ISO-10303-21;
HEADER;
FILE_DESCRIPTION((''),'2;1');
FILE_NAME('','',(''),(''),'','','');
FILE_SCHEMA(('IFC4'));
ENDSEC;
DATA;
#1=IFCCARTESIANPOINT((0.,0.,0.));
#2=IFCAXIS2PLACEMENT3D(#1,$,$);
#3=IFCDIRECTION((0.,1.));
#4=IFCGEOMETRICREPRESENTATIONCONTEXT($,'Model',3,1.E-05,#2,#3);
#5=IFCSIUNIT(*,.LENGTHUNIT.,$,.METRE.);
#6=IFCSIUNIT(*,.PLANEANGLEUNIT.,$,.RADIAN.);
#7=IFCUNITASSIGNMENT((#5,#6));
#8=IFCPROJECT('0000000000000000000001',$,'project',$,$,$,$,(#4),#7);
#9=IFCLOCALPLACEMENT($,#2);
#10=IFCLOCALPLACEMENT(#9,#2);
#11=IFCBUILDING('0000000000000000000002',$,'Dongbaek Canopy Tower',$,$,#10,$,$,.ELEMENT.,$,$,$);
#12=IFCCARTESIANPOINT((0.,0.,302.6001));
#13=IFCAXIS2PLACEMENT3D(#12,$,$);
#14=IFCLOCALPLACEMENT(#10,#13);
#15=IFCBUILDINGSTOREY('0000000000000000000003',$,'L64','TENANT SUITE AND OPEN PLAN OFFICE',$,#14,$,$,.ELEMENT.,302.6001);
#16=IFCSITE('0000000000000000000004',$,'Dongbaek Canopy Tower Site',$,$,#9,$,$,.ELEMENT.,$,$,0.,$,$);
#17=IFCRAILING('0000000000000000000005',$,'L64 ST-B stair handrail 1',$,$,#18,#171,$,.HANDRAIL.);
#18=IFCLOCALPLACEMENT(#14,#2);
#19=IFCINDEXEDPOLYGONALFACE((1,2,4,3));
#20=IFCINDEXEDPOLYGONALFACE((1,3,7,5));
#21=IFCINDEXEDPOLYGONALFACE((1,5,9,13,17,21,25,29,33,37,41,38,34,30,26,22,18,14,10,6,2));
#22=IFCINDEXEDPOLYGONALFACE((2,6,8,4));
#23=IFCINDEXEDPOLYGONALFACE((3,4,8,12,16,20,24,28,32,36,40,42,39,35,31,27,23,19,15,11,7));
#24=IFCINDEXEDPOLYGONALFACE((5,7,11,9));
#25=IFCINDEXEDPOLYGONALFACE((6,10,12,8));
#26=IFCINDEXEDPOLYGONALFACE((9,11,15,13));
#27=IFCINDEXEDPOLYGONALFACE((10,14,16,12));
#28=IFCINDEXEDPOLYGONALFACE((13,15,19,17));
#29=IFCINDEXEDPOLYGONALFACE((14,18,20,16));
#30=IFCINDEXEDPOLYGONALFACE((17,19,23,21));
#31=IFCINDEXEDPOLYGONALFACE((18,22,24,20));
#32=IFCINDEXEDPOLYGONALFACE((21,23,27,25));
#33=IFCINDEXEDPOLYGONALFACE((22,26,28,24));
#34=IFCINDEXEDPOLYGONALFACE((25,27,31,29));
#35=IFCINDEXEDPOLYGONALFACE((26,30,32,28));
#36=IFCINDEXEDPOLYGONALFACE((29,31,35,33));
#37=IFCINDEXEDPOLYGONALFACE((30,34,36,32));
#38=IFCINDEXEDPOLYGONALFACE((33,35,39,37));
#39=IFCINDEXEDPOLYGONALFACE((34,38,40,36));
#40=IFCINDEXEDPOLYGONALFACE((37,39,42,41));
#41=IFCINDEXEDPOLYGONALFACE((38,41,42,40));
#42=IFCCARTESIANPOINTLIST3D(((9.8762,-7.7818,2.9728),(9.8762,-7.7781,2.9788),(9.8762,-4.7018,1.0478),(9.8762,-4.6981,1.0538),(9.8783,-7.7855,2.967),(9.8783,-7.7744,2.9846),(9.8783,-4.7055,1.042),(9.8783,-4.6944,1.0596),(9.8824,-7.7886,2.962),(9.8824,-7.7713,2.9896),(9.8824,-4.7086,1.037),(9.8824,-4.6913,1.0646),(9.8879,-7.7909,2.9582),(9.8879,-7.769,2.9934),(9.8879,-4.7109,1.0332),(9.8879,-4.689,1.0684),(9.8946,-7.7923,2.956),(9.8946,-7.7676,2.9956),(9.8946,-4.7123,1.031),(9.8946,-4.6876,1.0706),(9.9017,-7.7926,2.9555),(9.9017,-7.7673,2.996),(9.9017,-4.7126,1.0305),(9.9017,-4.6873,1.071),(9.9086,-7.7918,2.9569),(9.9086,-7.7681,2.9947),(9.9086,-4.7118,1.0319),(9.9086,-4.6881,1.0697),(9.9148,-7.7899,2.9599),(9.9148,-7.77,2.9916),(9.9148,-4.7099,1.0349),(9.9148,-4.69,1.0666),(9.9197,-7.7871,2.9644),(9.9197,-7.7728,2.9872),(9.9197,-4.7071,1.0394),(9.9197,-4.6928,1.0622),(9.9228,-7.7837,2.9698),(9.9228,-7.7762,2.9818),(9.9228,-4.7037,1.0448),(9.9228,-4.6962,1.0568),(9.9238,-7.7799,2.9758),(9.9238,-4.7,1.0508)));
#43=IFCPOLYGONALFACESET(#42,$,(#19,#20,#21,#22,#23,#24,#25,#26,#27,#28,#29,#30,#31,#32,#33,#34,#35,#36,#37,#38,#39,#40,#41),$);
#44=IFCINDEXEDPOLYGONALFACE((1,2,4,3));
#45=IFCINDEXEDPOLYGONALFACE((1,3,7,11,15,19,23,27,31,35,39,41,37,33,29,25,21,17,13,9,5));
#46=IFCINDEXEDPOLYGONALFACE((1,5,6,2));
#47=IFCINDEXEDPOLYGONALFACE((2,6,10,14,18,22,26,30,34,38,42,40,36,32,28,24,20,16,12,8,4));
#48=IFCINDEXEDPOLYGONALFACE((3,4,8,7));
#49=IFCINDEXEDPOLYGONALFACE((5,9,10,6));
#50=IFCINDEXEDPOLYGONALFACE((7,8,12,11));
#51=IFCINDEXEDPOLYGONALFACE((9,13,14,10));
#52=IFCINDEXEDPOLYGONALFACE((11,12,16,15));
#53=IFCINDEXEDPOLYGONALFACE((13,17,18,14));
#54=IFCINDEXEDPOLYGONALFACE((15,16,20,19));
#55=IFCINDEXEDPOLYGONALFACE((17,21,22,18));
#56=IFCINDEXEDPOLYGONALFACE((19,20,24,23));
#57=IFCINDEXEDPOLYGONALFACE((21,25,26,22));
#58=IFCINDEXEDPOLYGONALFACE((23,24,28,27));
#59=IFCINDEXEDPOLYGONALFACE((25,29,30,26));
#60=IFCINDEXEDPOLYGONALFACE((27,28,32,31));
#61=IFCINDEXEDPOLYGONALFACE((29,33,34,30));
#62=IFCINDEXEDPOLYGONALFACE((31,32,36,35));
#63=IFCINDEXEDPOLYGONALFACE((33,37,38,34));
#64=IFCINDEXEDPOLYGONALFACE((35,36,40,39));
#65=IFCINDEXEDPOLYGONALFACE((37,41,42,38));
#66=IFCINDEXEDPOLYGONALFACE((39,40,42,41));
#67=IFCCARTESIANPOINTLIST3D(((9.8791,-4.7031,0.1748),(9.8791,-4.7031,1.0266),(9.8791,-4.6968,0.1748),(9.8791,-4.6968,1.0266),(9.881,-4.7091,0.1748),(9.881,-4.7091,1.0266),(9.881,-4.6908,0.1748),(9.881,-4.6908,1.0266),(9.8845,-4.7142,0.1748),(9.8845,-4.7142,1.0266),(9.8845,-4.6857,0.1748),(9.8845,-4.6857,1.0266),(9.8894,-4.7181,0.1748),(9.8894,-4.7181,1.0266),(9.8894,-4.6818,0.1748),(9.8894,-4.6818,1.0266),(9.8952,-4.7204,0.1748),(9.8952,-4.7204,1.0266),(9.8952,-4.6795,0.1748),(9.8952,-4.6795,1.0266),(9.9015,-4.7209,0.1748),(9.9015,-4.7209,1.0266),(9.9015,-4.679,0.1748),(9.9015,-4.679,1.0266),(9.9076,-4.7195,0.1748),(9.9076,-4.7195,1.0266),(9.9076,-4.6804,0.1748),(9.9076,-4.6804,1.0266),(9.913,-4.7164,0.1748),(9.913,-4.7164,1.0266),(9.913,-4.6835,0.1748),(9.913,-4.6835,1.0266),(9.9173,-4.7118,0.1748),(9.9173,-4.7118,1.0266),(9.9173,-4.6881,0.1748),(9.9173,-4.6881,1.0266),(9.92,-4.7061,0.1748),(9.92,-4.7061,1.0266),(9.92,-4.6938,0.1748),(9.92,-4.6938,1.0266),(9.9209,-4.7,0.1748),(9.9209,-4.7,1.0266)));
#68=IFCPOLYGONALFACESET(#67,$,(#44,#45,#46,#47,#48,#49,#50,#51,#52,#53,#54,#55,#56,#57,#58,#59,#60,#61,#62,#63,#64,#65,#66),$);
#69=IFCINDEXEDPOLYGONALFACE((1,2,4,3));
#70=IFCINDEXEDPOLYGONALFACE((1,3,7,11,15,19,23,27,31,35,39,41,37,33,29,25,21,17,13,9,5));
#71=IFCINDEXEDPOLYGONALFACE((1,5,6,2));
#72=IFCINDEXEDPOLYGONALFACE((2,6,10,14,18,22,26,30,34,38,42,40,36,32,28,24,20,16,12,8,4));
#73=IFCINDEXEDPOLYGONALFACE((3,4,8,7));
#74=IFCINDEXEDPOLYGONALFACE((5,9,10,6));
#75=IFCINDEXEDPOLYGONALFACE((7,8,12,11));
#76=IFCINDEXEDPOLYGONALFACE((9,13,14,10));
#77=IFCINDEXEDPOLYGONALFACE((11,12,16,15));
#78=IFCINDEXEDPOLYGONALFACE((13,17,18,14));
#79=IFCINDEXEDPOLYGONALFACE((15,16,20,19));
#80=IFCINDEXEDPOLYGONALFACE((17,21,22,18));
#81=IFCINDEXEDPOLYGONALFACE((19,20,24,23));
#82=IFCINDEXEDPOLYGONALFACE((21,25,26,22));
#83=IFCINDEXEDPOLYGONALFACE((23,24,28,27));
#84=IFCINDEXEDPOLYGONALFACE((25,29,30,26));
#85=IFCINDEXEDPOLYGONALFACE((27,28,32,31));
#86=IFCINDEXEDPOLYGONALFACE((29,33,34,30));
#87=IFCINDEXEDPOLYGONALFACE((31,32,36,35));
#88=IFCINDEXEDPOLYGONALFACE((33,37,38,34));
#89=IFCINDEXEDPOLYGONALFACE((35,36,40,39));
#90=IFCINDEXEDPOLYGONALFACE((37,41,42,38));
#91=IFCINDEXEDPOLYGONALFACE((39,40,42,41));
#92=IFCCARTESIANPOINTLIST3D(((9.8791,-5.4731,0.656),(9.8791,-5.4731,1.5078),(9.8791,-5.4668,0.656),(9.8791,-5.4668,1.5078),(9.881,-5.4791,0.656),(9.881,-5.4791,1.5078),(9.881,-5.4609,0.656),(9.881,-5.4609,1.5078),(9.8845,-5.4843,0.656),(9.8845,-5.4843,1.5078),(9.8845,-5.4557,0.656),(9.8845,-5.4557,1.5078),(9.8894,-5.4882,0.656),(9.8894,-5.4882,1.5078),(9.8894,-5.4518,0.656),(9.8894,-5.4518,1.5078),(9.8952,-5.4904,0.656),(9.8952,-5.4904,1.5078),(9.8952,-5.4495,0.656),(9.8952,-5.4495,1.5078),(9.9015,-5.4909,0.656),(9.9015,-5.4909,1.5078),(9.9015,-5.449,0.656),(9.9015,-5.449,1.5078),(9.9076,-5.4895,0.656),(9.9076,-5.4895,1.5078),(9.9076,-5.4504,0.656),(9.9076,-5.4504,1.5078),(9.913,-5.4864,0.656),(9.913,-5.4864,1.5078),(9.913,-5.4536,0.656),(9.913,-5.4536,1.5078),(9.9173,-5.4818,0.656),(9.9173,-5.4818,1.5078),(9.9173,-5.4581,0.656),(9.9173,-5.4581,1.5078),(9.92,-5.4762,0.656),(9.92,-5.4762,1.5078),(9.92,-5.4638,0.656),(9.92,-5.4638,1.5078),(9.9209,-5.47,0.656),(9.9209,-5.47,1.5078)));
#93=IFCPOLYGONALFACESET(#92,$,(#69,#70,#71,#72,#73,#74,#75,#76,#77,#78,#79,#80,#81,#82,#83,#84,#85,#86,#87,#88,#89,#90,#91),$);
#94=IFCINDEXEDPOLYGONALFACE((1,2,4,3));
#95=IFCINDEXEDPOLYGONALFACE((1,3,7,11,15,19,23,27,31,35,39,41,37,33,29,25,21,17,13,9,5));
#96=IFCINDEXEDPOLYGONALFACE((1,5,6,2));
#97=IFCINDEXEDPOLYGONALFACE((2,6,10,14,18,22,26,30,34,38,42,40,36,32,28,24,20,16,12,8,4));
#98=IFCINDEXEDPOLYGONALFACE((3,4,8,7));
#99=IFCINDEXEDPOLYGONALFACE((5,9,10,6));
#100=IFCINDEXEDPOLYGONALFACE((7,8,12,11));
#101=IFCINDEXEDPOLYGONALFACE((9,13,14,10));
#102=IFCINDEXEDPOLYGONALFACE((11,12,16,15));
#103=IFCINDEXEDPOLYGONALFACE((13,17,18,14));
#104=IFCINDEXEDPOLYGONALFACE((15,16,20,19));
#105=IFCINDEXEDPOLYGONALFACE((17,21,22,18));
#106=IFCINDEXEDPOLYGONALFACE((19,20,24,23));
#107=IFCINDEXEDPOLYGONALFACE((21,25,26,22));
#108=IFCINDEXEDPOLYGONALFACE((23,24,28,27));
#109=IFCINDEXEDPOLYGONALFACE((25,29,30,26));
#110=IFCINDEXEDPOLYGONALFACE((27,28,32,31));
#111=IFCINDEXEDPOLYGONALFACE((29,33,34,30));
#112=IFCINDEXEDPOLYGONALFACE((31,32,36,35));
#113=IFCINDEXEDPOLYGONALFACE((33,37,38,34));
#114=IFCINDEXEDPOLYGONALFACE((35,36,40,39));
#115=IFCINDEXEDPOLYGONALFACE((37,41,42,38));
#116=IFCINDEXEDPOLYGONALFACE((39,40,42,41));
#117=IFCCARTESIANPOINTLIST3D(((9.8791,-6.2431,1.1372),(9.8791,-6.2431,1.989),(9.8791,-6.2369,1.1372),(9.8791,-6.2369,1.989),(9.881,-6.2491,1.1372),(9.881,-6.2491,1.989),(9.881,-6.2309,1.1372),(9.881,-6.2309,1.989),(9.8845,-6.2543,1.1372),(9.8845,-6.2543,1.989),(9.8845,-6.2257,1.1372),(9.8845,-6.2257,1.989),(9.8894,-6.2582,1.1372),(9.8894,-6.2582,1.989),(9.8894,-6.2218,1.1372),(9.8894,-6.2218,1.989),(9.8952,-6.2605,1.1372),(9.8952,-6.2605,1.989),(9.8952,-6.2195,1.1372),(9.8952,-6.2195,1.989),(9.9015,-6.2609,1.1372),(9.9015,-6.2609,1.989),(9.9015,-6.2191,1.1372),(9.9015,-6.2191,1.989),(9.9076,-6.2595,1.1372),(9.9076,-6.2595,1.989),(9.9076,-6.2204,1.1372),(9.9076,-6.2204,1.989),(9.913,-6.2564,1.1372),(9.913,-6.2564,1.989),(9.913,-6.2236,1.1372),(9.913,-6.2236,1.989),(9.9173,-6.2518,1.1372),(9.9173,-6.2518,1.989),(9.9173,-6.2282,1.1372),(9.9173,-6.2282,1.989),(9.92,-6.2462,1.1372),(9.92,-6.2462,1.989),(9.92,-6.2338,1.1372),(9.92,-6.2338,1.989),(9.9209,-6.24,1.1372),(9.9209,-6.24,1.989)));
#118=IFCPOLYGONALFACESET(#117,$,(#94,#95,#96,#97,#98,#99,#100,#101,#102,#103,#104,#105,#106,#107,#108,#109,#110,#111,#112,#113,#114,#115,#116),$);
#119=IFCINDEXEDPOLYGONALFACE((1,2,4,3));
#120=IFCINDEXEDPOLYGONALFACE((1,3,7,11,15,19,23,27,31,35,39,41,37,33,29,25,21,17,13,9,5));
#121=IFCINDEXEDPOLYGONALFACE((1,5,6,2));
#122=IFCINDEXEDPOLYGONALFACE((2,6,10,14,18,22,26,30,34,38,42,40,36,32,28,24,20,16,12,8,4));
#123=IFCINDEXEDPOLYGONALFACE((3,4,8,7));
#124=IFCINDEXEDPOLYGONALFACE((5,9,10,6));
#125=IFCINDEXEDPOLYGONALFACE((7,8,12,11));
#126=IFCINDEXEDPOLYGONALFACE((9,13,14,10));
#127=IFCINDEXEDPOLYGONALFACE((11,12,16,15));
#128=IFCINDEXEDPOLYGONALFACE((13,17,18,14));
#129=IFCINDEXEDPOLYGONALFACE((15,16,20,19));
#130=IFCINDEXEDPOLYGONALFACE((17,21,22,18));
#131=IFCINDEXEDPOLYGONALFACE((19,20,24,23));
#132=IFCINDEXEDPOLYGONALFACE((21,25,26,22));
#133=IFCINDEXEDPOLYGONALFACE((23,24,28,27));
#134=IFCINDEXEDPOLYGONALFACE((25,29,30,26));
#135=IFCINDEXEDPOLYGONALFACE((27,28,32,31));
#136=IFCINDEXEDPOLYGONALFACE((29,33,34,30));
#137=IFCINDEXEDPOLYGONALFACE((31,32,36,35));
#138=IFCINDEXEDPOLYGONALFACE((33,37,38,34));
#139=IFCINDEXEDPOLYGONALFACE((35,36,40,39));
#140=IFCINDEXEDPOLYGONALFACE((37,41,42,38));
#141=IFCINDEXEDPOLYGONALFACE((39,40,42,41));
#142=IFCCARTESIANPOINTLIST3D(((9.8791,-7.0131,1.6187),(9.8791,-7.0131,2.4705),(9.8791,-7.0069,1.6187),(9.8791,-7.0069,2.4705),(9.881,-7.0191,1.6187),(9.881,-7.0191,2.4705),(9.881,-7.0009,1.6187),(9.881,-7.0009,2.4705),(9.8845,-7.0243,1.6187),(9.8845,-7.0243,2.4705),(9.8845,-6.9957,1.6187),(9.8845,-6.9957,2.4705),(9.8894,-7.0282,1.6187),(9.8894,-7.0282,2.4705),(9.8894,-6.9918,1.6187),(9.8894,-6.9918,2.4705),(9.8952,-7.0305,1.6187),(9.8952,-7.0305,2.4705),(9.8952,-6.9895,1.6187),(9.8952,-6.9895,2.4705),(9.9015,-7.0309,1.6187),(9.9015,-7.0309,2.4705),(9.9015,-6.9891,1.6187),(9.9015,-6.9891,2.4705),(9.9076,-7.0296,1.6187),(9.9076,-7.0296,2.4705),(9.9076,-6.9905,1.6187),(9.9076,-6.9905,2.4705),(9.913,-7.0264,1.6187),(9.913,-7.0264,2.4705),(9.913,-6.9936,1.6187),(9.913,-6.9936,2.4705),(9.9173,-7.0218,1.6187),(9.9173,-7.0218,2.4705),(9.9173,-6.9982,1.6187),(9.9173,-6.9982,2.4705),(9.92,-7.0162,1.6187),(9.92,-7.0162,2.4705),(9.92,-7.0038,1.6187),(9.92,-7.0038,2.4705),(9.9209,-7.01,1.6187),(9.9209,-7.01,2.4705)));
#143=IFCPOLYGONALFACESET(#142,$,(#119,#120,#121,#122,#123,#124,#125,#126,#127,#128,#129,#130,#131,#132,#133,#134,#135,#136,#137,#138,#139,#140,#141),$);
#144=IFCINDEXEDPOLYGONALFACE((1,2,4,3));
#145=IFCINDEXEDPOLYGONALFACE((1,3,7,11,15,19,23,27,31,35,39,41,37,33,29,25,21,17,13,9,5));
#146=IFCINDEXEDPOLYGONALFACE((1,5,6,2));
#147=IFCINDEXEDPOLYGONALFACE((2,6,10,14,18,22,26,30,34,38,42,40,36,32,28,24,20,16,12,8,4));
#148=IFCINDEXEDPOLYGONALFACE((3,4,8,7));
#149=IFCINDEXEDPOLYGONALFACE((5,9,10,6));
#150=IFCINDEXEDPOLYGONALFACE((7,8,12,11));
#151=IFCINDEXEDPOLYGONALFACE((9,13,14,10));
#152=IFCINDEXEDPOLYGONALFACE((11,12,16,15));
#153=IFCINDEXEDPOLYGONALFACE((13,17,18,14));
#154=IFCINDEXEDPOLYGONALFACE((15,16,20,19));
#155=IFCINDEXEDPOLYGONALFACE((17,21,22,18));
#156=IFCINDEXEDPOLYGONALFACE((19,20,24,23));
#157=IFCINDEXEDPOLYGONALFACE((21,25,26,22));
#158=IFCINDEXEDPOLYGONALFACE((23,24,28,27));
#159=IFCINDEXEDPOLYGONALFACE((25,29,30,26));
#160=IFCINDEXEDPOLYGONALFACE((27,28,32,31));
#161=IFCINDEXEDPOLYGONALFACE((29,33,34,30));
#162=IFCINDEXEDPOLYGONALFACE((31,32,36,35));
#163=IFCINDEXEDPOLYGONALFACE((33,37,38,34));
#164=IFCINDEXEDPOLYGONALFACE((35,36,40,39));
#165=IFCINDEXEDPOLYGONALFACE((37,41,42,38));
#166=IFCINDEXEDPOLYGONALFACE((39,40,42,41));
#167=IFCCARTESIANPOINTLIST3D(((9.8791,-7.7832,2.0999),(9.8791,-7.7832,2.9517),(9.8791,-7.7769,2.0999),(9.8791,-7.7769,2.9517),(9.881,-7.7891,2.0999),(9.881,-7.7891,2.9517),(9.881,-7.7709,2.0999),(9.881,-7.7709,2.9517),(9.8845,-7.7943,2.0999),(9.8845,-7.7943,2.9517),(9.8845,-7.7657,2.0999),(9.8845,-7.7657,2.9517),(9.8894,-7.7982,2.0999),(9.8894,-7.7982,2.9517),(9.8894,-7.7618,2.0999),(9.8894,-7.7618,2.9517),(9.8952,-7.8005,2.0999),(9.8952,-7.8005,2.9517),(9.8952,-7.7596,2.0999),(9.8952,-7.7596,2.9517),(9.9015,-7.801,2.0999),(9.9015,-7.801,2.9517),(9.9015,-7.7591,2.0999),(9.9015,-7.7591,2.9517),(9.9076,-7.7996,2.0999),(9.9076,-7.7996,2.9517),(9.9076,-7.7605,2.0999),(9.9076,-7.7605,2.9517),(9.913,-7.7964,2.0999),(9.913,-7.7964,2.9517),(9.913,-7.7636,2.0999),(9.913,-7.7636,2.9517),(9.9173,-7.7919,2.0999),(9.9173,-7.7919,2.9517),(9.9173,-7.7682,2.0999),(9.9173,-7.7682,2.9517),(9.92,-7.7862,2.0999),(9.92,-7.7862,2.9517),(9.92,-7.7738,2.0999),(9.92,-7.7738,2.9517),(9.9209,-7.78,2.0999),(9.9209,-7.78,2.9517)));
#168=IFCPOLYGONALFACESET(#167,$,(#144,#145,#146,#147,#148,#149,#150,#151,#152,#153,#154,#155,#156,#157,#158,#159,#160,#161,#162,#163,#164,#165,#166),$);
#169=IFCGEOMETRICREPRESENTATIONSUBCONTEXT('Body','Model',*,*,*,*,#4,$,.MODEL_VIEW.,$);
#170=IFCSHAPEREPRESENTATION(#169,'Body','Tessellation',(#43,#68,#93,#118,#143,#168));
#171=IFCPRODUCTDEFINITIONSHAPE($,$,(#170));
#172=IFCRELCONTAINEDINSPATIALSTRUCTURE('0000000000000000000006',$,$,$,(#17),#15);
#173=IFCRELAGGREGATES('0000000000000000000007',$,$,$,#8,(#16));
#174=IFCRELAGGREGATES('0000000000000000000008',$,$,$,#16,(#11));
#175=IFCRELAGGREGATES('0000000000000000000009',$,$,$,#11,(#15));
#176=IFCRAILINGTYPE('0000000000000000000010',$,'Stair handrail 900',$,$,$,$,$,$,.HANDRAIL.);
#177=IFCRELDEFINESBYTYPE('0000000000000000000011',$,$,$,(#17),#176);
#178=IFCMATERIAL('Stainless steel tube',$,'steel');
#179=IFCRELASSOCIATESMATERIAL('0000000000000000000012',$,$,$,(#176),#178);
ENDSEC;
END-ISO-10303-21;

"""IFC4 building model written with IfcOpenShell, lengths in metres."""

from ifc_helpers import new_model, si_unit, direction, frame, origin, origin_2d, place, context, subcontext, project, spatial, circle, extrude, material, type_object, element, save


model = new_model("IFC4")

# Units and contexts
model_context = context("Model", 3, precision=1e-05, world=origin(), true_north=direction((0.0, 1.0)))
body_context = subcontext(model_context, "Body", "Model", "MODEL_VIEW")
ifc_project = project(units=[si_unit("LENGTHUNIT", "METRE"), si_unit("PLANEANGLEUNIT", "RADIAN")], contexts=[model_context])

# Site, building, storey
site_placement = place(None, origin())
site = spatial("IfcSite", under=ifc_project, at=site_placement, Name="Dongbaek Canopy Tower Site", CompositionType="ELEMENT", RefElevation=0.0)
building_placement = place(site_placement, origin())
building = spatial("IfcBuilding", under=site, at=building_placement, Name="Dongbaek Canopy Tower", CompositionType="ELEMENT")
storey_placement = place(building_placement, frame((0.0, 0.0, 302.6001)))
storey = spatial("IfcBuildingStorey", under=building, at=storey_placement, Name="L64", Description="TENANT SUITE AND OPEN PLAN OFFICE", CompositionType="ELEMENT", Elevation=302.6001)

# Railing
ifc_material_1 = material(Name="Stainless steel tube", Category="steel")
railing_type_1 = type_object("IfcRailingType", Name="Stair handrail 900", PredefinedType="HANDRAIL", material=ifc_material_1)
railing_1_placement = place(storey_placement, frame((9.8999, -4.7, 0.1748)))
element("IfcRailing", 1, at=railing_1_placement, inside=storey, type_object=railing_type_1, Name="L64 ST-B stair handrail 1", PredefinedType="HANDRAIL", context=body_context, shape_type="SweptSolid", body=[
    extrude(circle(Radius=0.0239, at=origin_2d()), frame((0.0, 0.0, 0.876), z_axis=(0.0, -0.847998, 0.529999), x_axis=(1.0, 0.0, 0.0)), (0.0, 0.0, 1.0), 3.6321),
    extrude(circle(Radius=0.021, at=origin_2d()), origin(), (0.0, 0.0, 1.0), 0.8518),
    extrude(circle(Radius=0.021, at=origin_2d()), frame((0.0, -0.77, 0.4812)), (0.0, 0.0, 1.0), 0.8518),
    extrude(circle(Radius=0.021, at=origin_2d()), frame((0.0, -1.54, 0.9624)), (0.0, 0.0, 1.0), 0.8518),
    extrude(circle(Radius=0.021, at=origin_2d()), frame((0.0, -2.3101, 1.4438)), (0.0, 0.0, 1.0), 0.8518),
    extrude(circle(Radius=0.021, at=origin_2d()), frame((0.0, -3.0801, 1.925)), (0.0, 0.0, 1.0), 0.8518),
])

save(model, "model.ifc")
